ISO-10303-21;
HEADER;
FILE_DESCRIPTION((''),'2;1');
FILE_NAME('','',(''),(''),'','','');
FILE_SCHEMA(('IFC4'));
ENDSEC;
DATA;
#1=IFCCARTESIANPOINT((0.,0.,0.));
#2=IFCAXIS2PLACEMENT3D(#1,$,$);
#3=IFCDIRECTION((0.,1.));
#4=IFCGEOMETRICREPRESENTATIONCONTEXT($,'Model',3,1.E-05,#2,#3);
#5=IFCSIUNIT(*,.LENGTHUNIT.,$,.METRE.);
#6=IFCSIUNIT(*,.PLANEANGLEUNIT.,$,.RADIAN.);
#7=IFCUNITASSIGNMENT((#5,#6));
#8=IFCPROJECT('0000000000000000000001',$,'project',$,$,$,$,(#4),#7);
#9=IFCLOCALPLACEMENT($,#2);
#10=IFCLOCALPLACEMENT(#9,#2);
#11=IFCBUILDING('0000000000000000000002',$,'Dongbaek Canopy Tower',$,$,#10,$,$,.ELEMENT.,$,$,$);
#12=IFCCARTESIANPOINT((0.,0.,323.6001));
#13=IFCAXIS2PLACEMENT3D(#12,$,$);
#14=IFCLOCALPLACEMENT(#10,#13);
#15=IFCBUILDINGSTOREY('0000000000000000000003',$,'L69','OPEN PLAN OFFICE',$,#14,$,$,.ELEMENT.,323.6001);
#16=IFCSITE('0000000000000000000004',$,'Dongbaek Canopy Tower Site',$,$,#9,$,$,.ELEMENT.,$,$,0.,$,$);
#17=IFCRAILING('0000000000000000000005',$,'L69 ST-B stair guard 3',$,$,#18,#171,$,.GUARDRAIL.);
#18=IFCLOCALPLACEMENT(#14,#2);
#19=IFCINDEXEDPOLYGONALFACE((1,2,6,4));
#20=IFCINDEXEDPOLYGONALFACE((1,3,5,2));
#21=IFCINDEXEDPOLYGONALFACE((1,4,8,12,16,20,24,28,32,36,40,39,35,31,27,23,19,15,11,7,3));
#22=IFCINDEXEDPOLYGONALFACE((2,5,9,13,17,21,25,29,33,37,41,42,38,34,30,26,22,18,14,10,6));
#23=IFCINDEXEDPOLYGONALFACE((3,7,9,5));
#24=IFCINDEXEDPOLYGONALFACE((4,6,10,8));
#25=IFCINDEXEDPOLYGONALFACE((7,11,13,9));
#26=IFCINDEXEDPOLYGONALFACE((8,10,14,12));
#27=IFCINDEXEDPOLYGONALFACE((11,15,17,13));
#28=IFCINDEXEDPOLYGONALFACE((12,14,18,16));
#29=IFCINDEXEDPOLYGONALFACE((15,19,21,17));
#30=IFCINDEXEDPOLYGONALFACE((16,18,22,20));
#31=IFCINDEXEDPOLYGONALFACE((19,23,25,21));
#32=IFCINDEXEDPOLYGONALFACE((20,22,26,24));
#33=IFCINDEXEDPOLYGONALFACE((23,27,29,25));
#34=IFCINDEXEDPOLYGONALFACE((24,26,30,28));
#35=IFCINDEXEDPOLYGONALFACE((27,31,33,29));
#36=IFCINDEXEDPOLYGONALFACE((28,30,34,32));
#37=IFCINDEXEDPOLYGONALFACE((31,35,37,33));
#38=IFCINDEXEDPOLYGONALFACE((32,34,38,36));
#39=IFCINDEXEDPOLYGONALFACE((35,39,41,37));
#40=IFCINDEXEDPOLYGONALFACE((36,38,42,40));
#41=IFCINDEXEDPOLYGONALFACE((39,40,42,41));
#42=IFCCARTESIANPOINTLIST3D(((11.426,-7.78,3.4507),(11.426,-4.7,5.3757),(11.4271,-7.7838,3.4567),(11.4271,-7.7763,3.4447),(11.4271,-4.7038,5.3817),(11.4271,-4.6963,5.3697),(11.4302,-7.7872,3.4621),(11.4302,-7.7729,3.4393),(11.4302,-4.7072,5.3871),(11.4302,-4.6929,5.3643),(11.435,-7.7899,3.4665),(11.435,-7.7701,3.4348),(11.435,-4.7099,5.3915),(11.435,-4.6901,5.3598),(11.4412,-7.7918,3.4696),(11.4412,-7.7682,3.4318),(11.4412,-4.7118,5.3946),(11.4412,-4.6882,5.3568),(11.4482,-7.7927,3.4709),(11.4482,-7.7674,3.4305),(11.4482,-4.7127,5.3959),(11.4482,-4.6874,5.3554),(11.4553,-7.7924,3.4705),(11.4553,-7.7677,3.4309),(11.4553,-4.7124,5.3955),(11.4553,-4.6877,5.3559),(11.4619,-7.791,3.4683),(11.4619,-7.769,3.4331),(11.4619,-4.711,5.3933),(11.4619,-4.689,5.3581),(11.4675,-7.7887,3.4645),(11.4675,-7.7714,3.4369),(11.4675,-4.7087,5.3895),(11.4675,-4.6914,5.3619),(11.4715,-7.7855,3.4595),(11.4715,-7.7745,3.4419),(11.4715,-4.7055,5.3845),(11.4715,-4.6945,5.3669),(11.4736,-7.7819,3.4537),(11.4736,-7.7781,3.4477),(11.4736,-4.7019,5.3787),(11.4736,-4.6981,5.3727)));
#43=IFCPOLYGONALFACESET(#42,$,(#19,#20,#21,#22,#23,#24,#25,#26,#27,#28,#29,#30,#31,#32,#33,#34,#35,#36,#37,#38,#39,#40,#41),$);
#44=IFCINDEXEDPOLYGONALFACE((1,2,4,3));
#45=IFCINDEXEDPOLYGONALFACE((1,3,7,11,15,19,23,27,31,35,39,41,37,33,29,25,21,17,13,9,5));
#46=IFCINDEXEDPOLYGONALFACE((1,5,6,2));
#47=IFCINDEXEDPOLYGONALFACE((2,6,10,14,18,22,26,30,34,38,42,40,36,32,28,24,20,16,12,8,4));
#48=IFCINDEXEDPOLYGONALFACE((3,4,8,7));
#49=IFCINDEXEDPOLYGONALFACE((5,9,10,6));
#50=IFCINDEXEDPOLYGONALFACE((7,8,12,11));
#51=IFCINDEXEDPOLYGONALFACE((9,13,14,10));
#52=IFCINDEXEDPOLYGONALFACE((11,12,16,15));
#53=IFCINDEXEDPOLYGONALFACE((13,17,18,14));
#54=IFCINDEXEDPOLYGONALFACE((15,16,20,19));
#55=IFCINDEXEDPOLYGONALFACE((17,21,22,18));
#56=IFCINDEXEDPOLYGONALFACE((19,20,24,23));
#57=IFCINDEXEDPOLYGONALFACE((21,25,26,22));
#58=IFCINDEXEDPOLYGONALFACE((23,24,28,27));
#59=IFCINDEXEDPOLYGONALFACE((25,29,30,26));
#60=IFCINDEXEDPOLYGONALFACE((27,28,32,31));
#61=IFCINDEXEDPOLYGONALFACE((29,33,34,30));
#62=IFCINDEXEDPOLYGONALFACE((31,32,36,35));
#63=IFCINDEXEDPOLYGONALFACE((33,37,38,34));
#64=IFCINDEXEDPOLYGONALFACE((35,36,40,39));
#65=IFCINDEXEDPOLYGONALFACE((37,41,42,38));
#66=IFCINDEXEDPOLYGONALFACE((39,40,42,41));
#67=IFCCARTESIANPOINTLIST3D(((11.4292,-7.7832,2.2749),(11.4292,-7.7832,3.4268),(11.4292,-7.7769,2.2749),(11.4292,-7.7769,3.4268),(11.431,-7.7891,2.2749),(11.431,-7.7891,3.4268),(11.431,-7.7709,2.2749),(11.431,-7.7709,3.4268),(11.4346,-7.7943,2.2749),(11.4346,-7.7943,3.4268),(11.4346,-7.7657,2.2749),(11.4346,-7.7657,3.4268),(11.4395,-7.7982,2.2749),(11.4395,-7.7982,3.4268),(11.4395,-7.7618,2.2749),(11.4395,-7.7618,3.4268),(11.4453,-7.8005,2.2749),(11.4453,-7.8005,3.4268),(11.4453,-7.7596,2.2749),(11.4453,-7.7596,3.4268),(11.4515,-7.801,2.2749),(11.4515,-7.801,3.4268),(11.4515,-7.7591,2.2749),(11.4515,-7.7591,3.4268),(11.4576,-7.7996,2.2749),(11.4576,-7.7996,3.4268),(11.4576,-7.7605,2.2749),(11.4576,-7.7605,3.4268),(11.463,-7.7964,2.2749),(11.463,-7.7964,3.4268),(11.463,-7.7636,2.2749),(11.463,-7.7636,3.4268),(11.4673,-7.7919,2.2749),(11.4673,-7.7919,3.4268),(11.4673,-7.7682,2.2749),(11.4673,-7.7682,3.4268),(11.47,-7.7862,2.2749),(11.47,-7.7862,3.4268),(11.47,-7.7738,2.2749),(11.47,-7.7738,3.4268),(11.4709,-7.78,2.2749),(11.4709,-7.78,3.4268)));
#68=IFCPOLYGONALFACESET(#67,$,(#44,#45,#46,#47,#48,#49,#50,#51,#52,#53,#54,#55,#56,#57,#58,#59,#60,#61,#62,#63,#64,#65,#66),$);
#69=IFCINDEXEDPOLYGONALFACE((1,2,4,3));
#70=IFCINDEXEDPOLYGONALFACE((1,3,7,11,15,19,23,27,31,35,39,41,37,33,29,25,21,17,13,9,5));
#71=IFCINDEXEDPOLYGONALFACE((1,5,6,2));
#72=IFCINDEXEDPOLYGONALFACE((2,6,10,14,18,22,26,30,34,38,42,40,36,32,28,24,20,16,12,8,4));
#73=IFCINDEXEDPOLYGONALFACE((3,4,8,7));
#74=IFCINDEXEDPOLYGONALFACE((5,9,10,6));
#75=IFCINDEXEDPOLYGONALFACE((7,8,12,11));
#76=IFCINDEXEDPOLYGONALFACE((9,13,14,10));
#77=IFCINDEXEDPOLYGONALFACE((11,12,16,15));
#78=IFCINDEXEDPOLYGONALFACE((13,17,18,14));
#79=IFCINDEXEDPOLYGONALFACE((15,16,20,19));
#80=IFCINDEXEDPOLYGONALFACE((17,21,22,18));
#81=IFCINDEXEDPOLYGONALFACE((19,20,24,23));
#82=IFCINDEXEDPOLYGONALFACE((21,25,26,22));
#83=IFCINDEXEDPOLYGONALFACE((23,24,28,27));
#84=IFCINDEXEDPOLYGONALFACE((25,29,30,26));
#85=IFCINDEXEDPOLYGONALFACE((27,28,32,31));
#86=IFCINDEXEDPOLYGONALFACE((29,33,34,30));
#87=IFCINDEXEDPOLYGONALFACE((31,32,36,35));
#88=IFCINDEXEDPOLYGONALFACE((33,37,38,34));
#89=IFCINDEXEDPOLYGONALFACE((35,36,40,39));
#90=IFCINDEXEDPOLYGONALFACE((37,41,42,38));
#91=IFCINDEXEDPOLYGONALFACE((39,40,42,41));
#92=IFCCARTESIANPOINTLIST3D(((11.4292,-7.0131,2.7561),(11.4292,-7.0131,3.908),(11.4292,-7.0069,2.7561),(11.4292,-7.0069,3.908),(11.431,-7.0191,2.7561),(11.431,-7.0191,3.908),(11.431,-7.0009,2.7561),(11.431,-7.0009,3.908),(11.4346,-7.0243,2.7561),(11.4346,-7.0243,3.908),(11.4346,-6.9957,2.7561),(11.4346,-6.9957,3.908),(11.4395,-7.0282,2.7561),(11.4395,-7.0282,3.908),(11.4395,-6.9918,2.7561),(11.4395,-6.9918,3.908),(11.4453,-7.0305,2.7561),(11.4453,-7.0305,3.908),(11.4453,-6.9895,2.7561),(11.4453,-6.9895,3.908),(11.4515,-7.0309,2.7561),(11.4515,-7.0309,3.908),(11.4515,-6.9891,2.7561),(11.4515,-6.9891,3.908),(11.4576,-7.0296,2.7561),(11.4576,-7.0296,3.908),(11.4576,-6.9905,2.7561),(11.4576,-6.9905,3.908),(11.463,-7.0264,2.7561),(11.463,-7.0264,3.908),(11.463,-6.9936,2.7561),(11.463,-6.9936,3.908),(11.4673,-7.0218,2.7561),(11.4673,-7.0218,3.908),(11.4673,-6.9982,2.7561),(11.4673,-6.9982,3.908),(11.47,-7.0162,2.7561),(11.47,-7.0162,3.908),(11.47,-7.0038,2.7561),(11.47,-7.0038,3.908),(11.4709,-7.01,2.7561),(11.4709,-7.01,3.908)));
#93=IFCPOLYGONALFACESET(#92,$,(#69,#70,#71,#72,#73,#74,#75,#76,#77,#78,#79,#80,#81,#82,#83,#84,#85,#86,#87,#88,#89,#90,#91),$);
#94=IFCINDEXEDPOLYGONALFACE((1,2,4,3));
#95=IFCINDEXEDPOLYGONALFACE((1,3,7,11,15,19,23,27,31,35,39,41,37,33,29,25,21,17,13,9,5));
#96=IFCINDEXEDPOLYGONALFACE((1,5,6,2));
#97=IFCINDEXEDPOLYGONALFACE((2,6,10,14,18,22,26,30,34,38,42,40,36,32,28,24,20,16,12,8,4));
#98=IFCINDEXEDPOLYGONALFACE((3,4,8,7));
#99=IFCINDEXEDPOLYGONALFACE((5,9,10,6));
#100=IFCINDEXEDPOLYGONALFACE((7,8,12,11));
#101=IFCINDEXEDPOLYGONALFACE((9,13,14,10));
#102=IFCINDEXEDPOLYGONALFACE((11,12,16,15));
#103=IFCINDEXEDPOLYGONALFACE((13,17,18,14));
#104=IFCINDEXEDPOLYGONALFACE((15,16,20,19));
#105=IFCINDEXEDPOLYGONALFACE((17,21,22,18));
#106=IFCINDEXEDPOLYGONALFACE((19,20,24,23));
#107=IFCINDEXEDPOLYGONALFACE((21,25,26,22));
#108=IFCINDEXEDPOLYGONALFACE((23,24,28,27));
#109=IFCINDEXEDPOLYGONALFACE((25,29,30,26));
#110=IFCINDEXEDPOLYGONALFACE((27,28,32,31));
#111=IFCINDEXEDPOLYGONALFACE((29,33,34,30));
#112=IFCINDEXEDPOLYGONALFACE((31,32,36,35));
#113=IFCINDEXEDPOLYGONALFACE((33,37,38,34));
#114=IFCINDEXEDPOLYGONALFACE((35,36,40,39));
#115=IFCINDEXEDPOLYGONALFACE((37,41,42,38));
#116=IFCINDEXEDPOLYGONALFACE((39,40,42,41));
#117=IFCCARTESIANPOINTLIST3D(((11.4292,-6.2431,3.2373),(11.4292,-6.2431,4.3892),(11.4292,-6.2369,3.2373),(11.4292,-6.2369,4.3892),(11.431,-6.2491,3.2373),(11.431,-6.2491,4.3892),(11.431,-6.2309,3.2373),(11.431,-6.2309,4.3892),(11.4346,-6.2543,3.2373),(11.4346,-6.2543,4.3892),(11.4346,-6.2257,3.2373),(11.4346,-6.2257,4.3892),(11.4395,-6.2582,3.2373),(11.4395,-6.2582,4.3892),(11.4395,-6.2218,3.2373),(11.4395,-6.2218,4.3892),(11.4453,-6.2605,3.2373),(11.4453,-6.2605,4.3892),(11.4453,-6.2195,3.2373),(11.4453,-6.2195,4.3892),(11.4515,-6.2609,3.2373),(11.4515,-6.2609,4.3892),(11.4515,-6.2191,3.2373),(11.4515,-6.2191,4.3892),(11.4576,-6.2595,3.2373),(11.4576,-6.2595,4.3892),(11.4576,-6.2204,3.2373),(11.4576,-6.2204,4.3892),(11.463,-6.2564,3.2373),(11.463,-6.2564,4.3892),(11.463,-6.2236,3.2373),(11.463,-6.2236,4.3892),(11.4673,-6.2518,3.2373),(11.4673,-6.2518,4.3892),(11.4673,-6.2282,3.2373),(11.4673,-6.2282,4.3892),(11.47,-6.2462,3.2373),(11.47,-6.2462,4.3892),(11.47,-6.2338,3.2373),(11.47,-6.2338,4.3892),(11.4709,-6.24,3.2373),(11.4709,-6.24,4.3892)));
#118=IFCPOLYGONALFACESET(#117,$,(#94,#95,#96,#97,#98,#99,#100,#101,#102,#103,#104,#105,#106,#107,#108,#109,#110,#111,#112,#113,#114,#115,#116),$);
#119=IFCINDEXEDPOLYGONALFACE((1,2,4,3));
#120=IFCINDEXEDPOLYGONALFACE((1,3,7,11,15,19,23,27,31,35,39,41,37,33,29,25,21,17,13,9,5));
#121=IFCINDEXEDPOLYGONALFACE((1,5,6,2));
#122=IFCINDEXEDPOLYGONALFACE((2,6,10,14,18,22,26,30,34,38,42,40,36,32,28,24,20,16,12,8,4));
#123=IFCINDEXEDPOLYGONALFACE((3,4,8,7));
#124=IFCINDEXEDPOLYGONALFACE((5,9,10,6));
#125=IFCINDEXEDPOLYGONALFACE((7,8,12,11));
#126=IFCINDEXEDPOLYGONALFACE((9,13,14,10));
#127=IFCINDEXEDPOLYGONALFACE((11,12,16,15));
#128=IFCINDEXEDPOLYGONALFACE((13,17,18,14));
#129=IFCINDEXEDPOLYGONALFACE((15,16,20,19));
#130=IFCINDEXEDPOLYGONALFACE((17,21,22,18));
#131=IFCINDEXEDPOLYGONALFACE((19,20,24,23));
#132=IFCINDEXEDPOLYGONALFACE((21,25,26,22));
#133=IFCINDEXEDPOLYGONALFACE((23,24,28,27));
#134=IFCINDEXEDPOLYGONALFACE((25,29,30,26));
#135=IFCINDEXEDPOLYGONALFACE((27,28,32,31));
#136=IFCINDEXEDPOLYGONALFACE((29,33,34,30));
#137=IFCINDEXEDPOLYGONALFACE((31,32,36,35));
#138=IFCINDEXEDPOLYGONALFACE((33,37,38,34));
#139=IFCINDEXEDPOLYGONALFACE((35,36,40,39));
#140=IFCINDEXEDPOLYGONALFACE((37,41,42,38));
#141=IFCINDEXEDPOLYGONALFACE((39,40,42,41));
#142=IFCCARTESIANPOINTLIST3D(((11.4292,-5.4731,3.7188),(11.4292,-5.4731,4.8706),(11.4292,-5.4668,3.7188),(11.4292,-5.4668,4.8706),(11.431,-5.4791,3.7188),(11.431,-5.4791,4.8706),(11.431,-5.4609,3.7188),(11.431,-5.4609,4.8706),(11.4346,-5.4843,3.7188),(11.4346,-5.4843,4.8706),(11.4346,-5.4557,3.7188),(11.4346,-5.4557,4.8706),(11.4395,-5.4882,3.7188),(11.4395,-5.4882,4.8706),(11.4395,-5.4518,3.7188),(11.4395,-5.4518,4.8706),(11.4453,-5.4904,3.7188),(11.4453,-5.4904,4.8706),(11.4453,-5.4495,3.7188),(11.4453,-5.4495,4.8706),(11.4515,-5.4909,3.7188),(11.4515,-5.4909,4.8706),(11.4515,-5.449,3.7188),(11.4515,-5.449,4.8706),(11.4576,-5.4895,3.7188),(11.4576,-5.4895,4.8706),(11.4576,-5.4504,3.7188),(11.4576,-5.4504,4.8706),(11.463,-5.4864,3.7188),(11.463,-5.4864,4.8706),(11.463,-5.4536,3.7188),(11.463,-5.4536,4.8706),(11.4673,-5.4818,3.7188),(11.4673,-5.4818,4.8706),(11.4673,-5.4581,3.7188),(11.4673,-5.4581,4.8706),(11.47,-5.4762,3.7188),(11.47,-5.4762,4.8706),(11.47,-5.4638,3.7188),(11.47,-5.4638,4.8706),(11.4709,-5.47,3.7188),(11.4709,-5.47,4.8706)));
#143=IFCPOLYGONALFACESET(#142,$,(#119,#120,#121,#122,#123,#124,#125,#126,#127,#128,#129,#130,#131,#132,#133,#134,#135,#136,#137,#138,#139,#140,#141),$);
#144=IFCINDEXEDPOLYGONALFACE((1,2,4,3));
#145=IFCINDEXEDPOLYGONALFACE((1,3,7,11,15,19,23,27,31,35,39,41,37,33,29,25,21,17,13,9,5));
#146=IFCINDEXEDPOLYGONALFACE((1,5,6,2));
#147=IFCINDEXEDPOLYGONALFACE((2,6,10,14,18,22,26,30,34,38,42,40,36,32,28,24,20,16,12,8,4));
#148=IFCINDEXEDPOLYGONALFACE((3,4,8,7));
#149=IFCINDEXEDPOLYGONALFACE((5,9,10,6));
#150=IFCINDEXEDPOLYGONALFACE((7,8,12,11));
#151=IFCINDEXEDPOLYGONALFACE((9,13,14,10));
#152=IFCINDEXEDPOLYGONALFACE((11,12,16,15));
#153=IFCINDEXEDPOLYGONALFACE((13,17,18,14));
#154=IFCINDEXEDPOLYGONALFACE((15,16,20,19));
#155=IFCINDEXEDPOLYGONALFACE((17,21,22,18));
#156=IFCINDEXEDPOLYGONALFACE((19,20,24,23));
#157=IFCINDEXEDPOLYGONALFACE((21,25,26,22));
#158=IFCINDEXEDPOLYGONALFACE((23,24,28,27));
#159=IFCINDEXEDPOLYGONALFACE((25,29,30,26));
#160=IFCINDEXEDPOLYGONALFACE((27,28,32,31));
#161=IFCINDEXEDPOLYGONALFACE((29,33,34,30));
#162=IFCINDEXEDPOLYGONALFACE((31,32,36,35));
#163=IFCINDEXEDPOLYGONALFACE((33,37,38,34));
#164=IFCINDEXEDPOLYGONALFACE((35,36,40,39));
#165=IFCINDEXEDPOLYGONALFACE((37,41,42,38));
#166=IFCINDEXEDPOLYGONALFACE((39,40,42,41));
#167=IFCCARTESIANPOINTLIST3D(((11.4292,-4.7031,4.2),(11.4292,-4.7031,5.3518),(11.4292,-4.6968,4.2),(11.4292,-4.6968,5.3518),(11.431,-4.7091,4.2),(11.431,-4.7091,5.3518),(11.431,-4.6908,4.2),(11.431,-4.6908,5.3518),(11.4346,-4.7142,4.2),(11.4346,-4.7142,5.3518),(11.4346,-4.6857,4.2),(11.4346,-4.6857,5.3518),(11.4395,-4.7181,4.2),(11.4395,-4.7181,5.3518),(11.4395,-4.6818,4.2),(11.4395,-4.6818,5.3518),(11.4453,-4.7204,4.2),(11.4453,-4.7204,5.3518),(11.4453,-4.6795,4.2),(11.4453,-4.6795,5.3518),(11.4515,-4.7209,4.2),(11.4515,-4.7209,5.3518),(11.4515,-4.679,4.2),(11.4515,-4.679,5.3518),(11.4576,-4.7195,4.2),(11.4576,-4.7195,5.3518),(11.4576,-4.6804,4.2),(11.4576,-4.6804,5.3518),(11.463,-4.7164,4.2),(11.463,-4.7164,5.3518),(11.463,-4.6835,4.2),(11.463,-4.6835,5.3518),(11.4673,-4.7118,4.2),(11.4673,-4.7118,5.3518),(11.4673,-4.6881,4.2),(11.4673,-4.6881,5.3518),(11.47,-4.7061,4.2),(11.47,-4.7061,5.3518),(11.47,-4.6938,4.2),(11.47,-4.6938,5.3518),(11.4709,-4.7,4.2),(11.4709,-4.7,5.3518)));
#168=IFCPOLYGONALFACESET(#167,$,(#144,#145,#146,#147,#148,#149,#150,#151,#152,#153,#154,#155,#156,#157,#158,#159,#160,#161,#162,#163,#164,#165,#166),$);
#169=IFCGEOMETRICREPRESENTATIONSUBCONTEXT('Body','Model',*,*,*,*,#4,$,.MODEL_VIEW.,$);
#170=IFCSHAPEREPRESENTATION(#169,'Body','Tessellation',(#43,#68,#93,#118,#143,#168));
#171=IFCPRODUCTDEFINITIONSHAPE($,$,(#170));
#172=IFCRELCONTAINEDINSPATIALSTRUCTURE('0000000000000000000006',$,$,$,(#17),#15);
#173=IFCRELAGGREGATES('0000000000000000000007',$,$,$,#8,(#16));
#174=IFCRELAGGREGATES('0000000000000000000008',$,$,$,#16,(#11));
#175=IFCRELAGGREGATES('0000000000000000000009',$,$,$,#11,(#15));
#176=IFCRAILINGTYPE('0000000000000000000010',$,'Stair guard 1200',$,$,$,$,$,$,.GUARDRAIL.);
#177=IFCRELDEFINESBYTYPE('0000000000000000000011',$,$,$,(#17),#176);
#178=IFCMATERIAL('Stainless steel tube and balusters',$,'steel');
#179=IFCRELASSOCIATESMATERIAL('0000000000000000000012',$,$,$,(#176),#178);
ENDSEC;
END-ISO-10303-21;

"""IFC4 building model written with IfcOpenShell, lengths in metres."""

from ifc_helpers import new_model, si_unit, direction, frame, origin, origin_2d, place, context, subcontext, project, spatial, circle, extrude, material, type_object, element, save


model = new_model("IFC4")

# Units and contexts
model_context = context("Model", 3, precision=1e-05, world=origin(), true_north=direction((0.0, 1.0)))
body_context = subcontext(model_context, "Body", "Model", "MODEL_VIEW")
ifc_project = project(units=[si_unit("LENGTHUNIT", "METRE"), si_unit("PLANEANGLEUNIT", "RADIAN")], contexts=[model_context])

# Site, building, storey
site_placement = place(None, origin())
site = spatial("IfcSite", under=ifc_project, at=site_placement, Name="Dongbaek Canopy Tower Site", CompositionType="ELEMENT", RefElevation=0.0)
building_placement = place(site_placement, origin())
building = spatial("IfcBuilding", under=site, at=building_placement, Name="Dongbaek Canopy Tower", CompositionType="ELEMENT")
storey_placement = place(building_placement, frame((0.0, 0.0, 323.6001)))
storey = spatial("IfcBuildingStorey", under=building, at=storey_placement, Name="L69", Description="OPEN PLAN OFFICE", CompositionType="ELEMENT", Elevation=323.6001)

# Railing
ifc_material_1 = material(Name="Stainless steel tube and balusters", Category="steel")
railing_type_1 = type_object("IfcRailingType", Name="Stair guard 1200", PredefinedType="GUARDRAIL", material=ifc_material_1)
railing_1_placement = place(storey_placement, frame((11.45, -7.78, 2.2749)))
element("IfcRailing", 1, at=railing_1_placement, inside=storey, type_object=railing_type_1, Name="L69 ST-B stair guard 3", PredefinedType="GUARDRAIL", context=body_context, shape_type="SweptSolid", body=[
    extrude(circle(Radius=0.0239, at=origin_2d()), frame((0.0, 0.0, 1.1758), z_axis=(0.0, 0.847998, 0.529999), x_axis=(-1.0, 0.0, 0.0)), (0.0, 0.0, 1.0), 3.6321),
    extrude(circle(Radius=0.021, at=origin_2d()), origin(), (0.0, 0.0, 1.0), 1.1519),
    extrude(circle(Radius=0.021, at=origin_2d()), frame((0.0, 0.77, 0.4812)), (0.0, 0.0, 1.0), 1.1519),
    extrude(circle(Radius=0.021, at=origin_2d()), frame((0.0, 1.54, 0.9624)), (0.0, 0.0, 1.0), 1.1519),
    extrude(circle(Radius=0.021, at=origin_2d()), frame((0.0, 2.3101, 1.4438)), (0.0, 0.0, 1.0), 1.1519),
    extrude(circle(Radius=0.021, at=origin_2d()), frame((0.0, 3.0801, 1.925)), (0.0, 0.0, 1.0), 1.1519),
])

save(model, "model.ifc")
